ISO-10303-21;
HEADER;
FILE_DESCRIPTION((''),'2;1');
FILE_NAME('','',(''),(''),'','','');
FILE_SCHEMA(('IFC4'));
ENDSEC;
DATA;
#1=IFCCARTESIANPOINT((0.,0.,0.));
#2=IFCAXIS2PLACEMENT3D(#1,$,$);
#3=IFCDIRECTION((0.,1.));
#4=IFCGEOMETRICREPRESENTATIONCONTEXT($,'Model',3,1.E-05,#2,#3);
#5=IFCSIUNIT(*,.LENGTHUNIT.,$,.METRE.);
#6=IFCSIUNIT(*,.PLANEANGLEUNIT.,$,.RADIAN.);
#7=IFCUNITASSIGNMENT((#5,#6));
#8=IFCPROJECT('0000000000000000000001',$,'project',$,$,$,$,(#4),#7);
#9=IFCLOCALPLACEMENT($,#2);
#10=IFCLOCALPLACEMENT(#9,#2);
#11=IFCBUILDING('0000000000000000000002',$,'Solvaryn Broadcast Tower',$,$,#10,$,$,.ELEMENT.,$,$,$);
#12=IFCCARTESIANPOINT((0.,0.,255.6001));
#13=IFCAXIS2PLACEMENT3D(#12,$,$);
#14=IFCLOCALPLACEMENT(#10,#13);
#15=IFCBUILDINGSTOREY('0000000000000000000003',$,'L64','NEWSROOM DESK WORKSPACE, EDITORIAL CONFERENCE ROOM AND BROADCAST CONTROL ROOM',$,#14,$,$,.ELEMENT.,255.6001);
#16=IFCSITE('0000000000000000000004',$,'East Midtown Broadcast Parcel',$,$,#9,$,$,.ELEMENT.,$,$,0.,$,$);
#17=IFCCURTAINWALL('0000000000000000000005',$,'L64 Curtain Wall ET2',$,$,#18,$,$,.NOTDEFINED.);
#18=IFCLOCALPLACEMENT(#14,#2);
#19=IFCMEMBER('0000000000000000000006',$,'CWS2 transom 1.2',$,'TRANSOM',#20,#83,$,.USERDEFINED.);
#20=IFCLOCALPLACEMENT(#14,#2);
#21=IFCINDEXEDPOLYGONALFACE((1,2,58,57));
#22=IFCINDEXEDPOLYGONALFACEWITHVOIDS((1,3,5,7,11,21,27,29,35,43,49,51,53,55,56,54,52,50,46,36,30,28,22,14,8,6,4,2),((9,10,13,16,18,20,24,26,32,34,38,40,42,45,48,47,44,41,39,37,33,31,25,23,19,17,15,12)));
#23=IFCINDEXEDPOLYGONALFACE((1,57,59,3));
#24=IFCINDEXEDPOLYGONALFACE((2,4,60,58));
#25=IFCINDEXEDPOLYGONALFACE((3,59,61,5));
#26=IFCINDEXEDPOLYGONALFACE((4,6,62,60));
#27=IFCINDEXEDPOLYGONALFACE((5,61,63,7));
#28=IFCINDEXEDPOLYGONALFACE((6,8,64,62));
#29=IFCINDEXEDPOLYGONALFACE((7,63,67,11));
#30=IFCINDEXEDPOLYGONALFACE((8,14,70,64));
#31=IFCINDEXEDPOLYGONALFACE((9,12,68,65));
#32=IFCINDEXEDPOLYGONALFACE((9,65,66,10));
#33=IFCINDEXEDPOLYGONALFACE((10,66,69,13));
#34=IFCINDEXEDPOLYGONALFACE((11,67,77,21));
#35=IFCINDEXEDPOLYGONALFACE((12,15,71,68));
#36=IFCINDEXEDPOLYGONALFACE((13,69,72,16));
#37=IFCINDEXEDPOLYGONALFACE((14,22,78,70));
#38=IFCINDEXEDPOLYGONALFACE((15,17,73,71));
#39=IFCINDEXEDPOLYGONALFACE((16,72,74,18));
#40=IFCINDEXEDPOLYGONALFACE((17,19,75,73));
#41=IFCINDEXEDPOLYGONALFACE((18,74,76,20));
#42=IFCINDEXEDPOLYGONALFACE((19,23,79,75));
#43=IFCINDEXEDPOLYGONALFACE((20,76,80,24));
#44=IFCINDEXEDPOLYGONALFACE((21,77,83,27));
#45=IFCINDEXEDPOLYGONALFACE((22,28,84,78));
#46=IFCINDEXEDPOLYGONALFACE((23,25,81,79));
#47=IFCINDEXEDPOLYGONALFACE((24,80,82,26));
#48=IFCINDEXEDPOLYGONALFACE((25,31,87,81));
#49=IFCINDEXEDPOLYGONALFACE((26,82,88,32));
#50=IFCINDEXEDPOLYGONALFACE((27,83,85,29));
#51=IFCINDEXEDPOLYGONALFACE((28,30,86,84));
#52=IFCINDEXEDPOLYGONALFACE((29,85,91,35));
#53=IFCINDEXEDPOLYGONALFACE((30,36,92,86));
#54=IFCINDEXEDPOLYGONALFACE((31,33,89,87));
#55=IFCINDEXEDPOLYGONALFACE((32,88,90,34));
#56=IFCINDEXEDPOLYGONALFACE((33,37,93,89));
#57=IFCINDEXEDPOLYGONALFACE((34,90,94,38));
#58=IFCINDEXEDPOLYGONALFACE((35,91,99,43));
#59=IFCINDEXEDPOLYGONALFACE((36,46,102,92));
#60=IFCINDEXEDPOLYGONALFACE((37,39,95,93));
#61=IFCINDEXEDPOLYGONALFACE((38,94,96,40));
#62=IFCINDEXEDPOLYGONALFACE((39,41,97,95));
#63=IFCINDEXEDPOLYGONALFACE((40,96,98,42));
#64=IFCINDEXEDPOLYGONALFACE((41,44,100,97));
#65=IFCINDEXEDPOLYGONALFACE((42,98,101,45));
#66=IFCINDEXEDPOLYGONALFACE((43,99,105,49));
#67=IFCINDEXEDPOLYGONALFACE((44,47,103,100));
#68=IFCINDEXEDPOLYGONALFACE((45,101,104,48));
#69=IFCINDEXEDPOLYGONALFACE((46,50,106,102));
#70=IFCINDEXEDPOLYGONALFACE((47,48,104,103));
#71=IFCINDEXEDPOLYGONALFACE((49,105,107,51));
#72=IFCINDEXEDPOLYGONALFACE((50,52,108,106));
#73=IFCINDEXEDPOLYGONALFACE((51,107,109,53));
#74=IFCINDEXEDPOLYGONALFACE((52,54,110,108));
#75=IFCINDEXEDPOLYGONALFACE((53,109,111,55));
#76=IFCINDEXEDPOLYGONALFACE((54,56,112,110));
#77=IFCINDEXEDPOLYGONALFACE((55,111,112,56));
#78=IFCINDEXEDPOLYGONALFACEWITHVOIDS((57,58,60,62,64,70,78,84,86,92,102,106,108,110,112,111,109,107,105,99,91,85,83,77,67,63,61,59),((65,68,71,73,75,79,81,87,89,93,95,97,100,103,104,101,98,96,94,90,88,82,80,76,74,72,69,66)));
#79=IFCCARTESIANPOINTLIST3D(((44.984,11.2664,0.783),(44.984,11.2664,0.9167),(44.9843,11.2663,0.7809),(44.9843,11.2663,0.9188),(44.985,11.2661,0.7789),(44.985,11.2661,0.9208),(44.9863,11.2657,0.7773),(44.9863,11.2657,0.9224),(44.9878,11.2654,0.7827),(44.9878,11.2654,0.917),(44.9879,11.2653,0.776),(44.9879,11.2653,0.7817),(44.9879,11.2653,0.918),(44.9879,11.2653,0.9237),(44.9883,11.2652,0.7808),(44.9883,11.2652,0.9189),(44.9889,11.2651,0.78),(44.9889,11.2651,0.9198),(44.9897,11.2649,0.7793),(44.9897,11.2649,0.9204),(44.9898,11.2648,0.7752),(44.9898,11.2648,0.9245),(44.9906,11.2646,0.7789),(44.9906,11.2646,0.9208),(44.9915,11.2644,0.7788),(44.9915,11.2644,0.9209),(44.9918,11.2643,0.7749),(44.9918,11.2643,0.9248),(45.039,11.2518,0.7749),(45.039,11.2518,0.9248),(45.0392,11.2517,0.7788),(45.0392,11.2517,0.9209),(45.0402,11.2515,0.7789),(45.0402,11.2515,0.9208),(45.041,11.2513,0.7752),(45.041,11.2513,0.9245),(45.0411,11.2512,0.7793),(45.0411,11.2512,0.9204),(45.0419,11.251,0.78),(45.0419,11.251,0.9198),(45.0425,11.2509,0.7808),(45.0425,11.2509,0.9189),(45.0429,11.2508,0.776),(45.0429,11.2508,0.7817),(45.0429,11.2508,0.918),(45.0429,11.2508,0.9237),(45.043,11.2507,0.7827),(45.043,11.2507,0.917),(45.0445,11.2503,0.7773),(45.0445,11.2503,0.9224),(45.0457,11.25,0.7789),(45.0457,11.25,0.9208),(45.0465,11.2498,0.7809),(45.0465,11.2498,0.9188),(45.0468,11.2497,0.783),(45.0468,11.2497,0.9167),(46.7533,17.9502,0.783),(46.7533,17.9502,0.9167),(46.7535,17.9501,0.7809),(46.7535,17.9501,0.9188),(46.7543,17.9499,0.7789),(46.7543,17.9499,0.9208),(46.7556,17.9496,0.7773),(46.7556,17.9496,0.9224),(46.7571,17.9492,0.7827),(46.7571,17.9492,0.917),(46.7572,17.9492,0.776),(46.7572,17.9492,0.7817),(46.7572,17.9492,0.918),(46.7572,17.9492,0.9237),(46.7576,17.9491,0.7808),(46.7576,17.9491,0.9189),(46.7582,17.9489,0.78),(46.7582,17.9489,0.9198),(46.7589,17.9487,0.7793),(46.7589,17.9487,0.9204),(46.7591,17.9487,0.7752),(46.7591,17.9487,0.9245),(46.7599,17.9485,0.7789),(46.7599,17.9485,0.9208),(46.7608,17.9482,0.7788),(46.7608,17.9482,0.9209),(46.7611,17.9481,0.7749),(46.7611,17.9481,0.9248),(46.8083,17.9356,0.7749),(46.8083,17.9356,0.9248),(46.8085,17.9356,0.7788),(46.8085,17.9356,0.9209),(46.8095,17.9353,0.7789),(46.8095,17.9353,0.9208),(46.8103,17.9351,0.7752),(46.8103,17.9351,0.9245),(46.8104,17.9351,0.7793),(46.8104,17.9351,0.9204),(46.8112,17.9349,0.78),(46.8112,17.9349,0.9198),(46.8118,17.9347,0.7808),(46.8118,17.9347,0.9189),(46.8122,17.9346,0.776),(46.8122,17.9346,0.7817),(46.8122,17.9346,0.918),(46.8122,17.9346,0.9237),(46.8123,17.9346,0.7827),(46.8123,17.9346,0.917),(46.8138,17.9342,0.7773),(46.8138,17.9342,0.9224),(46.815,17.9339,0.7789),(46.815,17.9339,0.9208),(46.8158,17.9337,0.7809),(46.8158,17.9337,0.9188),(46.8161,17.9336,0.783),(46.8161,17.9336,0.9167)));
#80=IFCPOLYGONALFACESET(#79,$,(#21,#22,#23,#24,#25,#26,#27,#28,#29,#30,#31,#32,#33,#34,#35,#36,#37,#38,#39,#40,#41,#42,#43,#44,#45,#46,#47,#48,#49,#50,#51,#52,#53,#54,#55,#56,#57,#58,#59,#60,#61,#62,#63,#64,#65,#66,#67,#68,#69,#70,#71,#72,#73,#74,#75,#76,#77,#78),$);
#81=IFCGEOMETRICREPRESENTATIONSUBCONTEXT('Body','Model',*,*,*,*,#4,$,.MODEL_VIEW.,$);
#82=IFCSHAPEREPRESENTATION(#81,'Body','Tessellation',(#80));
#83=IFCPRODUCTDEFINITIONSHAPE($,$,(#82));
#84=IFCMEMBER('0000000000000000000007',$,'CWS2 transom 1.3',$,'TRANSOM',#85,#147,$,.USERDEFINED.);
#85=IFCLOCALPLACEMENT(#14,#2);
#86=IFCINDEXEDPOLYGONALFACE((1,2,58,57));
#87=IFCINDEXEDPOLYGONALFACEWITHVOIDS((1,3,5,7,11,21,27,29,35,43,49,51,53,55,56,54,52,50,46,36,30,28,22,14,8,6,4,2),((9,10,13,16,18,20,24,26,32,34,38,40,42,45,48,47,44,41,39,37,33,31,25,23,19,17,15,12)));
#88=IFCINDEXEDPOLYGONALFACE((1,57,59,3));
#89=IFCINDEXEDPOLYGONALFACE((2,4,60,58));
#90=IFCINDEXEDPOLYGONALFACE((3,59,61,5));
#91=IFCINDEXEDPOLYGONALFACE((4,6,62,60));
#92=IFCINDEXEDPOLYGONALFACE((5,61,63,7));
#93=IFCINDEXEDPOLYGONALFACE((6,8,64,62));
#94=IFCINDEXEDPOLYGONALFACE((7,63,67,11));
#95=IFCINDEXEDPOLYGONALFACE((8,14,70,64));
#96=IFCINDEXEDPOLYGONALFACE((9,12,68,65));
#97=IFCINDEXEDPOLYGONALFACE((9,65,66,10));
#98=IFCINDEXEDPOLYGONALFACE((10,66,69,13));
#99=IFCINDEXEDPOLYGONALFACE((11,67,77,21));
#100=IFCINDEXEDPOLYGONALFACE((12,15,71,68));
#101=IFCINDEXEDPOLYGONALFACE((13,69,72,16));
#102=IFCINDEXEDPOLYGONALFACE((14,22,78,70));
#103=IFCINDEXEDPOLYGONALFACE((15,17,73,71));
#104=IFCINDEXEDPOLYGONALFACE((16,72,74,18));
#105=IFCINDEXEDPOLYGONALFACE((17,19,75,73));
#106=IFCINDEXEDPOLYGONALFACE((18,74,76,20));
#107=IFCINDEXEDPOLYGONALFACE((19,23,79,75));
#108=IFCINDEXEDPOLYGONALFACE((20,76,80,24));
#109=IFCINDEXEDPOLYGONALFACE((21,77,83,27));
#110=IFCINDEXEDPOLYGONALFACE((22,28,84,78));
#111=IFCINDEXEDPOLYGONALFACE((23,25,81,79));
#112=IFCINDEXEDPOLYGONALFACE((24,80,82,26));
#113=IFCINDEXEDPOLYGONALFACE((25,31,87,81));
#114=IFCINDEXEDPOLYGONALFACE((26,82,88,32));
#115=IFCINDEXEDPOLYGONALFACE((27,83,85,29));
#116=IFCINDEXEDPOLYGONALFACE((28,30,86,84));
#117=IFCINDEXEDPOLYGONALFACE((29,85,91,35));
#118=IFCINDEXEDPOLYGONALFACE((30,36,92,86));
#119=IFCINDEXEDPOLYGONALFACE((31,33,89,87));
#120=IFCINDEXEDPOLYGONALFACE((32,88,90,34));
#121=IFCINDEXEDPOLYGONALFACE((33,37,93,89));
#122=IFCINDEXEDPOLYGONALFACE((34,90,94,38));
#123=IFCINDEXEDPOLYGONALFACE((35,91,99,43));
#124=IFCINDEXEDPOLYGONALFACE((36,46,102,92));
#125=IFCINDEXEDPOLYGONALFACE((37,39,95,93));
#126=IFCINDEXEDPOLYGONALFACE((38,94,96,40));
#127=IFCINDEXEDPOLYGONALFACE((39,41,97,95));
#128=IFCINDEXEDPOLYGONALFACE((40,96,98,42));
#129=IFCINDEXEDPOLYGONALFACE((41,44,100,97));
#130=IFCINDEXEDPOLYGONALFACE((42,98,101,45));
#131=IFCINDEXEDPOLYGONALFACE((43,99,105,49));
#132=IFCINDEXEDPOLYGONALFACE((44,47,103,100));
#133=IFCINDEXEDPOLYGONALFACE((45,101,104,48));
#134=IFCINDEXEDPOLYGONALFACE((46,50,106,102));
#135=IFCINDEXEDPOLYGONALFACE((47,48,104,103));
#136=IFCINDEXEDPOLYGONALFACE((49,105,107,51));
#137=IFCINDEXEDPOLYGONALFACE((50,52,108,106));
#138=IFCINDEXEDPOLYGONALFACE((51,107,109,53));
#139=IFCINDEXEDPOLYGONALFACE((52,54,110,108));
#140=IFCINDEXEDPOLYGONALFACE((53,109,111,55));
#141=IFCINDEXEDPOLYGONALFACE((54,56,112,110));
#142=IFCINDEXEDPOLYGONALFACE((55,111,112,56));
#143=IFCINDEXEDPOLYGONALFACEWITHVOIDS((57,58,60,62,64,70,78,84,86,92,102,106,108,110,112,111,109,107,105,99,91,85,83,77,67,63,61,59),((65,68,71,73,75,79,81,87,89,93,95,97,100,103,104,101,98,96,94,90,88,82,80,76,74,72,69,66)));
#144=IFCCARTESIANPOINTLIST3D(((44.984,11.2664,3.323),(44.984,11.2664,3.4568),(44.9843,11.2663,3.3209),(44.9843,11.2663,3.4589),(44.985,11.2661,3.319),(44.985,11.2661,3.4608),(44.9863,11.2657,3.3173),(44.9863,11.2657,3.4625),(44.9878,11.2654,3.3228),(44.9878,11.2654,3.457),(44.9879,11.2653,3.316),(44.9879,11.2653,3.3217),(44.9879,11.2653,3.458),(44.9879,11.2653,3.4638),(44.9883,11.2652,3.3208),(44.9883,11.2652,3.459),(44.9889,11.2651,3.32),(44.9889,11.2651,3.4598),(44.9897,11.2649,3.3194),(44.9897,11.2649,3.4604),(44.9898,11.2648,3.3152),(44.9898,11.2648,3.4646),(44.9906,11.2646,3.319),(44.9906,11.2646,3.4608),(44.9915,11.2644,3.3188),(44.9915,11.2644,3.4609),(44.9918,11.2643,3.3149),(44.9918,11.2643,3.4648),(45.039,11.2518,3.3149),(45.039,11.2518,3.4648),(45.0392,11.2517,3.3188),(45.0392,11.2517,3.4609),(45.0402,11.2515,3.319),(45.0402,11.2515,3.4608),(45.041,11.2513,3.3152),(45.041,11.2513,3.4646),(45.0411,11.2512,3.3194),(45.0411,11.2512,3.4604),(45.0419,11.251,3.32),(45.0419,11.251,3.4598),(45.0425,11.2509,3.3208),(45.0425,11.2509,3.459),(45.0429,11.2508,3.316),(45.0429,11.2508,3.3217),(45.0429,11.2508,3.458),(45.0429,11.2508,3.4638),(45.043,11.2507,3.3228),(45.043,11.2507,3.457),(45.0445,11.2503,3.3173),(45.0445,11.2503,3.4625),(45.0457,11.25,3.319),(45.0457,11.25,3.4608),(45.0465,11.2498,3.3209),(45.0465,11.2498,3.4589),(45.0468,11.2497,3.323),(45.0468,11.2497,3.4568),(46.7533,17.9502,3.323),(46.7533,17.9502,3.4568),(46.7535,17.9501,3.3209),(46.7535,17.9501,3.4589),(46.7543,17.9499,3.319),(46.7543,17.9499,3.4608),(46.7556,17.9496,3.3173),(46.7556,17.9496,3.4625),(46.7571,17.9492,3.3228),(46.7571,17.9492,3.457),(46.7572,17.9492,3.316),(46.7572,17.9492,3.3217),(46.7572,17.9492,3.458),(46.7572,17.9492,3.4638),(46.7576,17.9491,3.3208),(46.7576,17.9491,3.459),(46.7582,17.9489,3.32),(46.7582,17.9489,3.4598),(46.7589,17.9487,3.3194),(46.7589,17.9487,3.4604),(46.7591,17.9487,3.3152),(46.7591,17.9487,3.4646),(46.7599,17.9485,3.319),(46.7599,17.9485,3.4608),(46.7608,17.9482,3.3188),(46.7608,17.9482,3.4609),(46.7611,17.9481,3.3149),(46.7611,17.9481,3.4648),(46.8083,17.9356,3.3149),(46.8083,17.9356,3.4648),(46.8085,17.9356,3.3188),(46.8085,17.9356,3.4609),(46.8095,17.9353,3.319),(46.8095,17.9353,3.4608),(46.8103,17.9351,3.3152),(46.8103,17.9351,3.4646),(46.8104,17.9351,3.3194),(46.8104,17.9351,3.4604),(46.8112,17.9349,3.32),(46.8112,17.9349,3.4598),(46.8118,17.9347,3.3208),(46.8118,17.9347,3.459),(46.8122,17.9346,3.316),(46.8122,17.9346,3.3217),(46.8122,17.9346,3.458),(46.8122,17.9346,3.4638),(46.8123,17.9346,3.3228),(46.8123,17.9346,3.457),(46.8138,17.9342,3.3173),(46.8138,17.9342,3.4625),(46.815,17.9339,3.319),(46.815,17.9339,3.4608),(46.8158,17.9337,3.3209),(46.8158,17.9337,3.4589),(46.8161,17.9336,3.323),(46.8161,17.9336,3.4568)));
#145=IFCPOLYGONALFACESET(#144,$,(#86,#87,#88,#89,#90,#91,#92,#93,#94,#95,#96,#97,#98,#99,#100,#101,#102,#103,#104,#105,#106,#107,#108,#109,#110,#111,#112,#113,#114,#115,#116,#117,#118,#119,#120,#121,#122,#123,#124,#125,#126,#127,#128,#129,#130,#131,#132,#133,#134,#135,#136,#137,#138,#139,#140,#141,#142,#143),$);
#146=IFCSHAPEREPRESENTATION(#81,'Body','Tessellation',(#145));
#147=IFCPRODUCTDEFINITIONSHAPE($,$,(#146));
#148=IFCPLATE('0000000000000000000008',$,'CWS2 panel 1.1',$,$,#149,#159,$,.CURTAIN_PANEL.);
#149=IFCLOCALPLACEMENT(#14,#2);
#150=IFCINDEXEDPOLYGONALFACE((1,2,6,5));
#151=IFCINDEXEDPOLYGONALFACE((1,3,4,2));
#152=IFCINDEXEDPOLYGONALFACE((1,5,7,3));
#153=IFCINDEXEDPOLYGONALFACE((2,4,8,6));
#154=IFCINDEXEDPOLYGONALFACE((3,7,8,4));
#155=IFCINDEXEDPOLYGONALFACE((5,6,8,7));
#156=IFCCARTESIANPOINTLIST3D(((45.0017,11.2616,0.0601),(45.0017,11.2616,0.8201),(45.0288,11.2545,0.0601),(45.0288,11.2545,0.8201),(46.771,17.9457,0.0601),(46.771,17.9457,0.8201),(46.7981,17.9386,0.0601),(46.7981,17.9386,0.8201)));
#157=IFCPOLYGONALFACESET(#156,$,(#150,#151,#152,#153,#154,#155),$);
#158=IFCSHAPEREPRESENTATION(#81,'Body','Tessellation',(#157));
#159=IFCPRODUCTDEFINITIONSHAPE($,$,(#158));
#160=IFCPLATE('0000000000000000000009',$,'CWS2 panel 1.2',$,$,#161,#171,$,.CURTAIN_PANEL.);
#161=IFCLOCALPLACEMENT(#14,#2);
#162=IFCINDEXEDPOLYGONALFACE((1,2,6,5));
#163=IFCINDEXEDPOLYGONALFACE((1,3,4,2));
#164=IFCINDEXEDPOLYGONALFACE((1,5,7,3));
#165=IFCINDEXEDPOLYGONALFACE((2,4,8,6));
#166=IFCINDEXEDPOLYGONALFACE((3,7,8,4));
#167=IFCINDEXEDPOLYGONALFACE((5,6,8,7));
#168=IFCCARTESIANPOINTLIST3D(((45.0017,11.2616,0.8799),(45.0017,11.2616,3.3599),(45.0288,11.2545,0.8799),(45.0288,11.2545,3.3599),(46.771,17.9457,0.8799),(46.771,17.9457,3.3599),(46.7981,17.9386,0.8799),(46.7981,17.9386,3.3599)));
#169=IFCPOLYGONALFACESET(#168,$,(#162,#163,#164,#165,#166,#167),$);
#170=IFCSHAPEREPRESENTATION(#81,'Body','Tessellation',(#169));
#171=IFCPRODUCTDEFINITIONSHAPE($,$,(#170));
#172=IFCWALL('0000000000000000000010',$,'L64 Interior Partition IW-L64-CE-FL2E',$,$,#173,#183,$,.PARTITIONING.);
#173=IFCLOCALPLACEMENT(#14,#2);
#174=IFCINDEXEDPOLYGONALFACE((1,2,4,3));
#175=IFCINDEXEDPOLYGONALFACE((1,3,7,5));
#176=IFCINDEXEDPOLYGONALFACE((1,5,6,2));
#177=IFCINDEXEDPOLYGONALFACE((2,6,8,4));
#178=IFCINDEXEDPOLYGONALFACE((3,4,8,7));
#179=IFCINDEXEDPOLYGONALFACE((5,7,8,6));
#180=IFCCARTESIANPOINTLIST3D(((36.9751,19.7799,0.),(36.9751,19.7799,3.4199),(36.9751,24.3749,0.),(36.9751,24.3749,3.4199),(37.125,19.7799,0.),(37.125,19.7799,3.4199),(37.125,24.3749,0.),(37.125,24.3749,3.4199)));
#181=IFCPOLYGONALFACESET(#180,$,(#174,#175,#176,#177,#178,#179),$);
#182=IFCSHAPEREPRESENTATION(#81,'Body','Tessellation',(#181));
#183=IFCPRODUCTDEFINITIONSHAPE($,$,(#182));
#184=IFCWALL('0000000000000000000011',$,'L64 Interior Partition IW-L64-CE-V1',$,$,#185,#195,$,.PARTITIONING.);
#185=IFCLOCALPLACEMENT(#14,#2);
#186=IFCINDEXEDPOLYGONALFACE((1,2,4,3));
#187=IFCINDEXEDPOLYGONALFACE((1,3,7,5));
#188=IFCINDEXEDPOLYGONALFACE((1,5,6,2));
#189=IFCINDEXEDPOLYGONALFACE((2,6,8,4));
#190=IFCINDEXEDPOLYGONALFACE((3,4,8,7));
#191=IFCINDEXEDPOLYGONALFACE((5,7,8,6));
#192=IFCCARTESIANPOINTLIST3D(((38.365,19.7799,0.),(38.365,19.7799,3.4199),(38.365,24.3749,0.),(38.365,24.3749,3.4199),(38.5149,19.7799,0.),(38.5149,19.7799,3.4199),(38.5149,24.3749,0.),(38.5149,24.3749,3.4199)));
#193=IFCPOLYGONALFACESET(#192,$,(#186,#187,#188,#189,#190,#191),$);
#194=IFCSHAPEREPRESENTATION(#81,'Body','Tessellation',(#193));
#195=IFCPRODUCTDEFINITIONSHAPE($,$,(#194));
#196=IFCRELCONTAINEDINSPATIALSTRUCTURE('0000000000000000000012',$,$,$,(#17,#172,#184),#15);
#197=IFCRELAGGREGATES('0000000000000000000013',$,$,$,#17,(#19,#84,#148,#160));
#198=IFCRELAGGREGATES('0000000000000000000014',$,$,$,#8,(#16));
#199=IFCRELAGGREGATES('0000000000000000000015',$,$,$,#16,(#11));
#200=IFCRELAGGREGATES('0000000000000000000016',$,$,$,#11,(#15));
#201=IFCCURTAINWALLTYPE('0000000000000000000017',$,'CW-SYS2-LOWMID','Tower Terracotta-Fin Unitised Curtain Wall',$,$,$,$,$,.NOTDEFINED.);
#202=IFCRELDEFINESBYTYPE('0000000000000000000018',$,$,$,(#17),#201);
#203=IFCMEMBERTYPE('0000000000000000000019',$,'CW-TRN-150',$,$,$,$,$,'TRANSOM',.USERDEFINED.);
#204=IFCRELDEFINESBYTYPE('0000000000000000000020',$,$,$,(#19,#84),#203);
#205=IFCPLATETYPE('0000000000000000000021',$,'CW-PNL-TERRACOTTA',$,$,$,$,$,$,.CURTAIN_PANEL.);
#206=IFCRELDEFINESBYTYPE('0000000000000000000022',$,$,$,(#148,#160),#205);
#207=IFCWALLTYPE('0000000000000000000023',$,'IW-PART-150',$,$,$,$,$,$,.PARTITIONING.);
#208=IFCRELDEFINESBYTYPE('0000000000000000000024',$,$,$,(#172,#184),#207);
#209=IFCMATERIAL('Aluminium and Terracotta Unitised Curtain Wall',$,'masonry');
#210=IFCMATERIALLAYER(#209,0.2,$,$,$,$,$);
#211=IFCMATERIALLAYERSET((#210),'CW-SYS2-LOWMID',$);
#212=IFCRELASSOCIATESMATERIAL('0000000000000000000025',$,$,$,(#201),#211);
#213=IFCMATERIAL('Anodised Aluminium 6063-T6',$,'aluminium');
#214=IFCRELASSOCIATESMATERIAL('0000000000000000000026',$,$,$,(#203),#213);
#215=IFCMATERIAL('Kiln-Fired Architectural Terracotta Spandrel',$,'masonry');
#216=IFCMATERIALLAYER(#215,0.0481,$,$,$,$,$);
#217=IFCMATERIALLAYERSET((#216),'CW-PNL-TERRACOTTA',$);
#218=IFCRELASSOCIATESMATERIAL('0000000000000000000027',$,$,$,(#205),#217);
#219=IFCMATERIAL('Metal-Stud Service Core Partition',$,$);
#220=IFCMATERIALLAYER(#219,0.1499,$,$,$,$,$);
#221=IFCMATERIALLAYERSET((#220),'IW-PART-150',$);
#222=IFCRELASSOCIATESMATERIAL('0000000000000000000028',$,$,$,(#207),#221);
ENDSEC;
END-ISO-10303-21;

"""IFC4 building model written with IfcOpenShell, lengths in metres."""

from ifc_helpers import new_model, si_unit, direction, frame, frame_2d, origin, origin_2d, place, context, subcontext, project, spatial, rectangle, hollow_rectangle, extrude, material, layer, layer_set, material_profile, profile_set, type_object, element, aggregate, save


model = new_model("IFC4")

# Units and contexts
model_context = context("Model", 3, precision=1e-05, world=origin(), true_north=direction((0.0, 1.0)))
body_context = subcontext(model_context, "Body", "Model", "MODEL_VIEW")
ifc_project = project(units=[si_unit("LENGTHUNIT", "METRE"), si_unit("PLANEANGLEUNIT", "RADIAN")], contexts=[model_context])

# Site, building, storey
site_placement = place(None, origin())
site = spatial("IfcSite", under=ifc_project, at=site_placement, Name="East Midtown Broadcast Parcel", CompositionType="ELEMENT", RefElevation=0.0)
building_placement = place(site_placement, origin())
building = spatial("IfcBuilding", under=site, at=building_placement, Name="Solvaryn Broadcast Tower", CompositionType="ELEMENT")
storey_placement = place(building_placement, frame((0.0, 0.0, 255.6001)))
storey = spatial("IfcBuildingStorey", under=building, at=storey_placement, Name="L64", Description="NEWSROOM DESK WORKSPACE, EDITORIAL CONFERENCE ROOM AND BROADCAST CONTROL ROOM", CompositionType="ELEMENT", Elevation=255.6001)

# Shared definitions
ifc_material_1 = material(Name="Aluminium and Terracotta Unitised Curtain Wall", Category="masonry")
ifc_layer_1 = layer(ifc_material_1, 0.2)
ifc_layer_set_1 = layer_set([ifc_layer_1], Name="CW-SYS2-LOWMID")
curtain_wall_type = type_object("IfcCurtainWallType", Name="CW-SYS2-LOWMID", Description="Tower Terracotta-Fin Unitised Curtain Wall", PredefinedType="NOTDEFINED", material=ifc_layer_set_1)

# Curtain wall, members, plates
curtain_wall_1_placement = place(storey_placement, origin())
curtain_wall_1 = element("IfcCurtainWall", 1, at=curtain_wall_1_placement, inside=storey, type_object=curtain_wall_type, Name="L64 Curtain Wall ET2", PredefinedType="NOTDEFINED")
ifc_material_2 = material(Name="Anodised Aluminium 6063-T6", Category="aluminium")
ifc_material_profile_1 = material_profile(ifc_material_2, hollow_rectangle(XDim=0.0649, YDim=0.1499, WallThickness=0.0039, InnerFilletRadius=0.0039, OuterFilletRadius=0.0081, at=origin_2d()))
ifc_profile_set_1 = profile_set([ifc_material_profile_1], Name="Anodised Aluminium 6063-T6")
member_type_1 = type_object("IfcMemberType", Name="CW-TRN-150", ElementType="TRANSOM", PredefinedType="USERDEFINED", material=ifc_profile_set_1)
member_1_placement = place(storey_placement, frame((46.7847, 17.9419, 0.8499), z_axis=(-0.255897, -0.966704, 0.0), x_axis=(0.966704, -0.255897, 0.0)))
member_1 = element("IfcMember", 2, at=member_1_placement, type_object=member_type_1, Name="CWS2 transom 1.2", ObjectType="TRANSOM", PredefinedType="USERDEFINED", context=body_context, shape_type="SweptSolid", body=[
    extrude(hollow_rectangle(XDim=0.0649, YDim=0.1499, WallThickness=0.0039, InnerFilletRadius=0.0039, OuterFilletRadius=0.0081, at=origin_2d()), origin(), (0.0, 0.0, 1.0), 6.9141),
])
member_2_placement = place(storey_placement, frame((46.7847, 17.9419, 3.3899), z_axis=(-0.255897, -0.966704, 0.0), x_axis=(0.966704, -0.255897, 0.0)))
member_2 = element("IfcMember", 3, at=member_2_placement, type_object=member_type_1, Name="CWS2 transom 1.3", ObjectType="TRANSOM", PredefinedType="USERDEFINED", context=body_context, shape_type="SweptSolid", body=[
    extrude(hollow_rectangle(XDim=0.0649, YDim=0.1499, WallThickness=0.0039, InnerFilletRadius=0.0039, OuterFilletRadius=0.0081, at=origin_2d()), origin(), (0.0, 0.0, 1.0), 6.9141),
])
ifc_material_3 = material(Name="Kiln-Fired Architectural Terracotta Spandrel", Category="masonry")
ifc_layer_2 = layer(ifc_material_3, 0.0481)
ifc_layer_set_2 = layer_set([ifc_layer_2], Name="CW-PNL-TERRACOTTA")
plate_type = type_object("IfcPlateType", Name="CW-PNL-TERRACOTTA", PredefinedType="CURTAIN_PANEL", material=ifc_layer_set_2)
plate_1_placement = place(storey_placement, frame((45.8999, 14.6001, 0.0601), z_axis=(0.0, 0.0, 1.0), x_axis=(-0.255893, -0.966705, 0.0)))
plate_1 = element("IfcPlate", 4, at=plate_1_placement, type_object=plate_type, Name="CWS2 panel 1.1", PredefinedType="CURTAIN_PANEL", context=body_context, shape_type="SweptSolid", body=[
    extrude(rectangle(XDim=6.9143, YDim=0.0281, at=origin_2d()), origin(), (0.0, 0.0, 1.0), 0.76),
])
plate_2_placement = place(storey_placement, frame((45.8999, 14.6001, 0.8799), z_axis=(0.0, 0.0, 1.0), x_axis=(-0.255893, -0.966705, 0.0)))
plate_2 = element("IfcPlate", 5, at=plate_2_placement, type_object=plate_type, Name="CWS2 panel 1.2", PredefinedType="CURTAIN_PANEL", context=body_context, shape_type="SweptSolid", body=[
    extrude(rectangle(XDim=6.9143, YDim=0.0281, at=origin_2d()), origin(), (0.0, 0.0, 1.0), 2.48),
])
aggregate(curtain_wall_1, [member_1, member_2, plate_1, plate_2])

# Walls
ifc_material_4 = material(Name="Metal-Stud Service Core Partition")
ifc_layer_3 = layer(ifc_material_4, 0.1499)
ifc_layer_set_3 = layer_set([ifc_layer_3], Name="IW-PART-150")
wall_type_1 = type_object("IfcWallType", Name="IW-PART-150", PredefinedType="PARTITIONING", material=ifc_layer_set_3)
for number, where, z_axis, x_axis, name in (
    (6, (37.05, 19.78, 0.0), (0.0, 0.0, 1.0), (0.0, 1.0, 0.0), "L64 Interior Partition IW-L64-CE-FL2E"),
    (7, (38.4399, 19.78, 0.0), (0.0, 0.0, 1.0), (0.0, 1.0, 0.0), "L64 Interior Partition IW-L64-CE-V1"),
):
    element("IfcWall", number, at=place(storey_placement, frame(where, z_axis=z_axis, x_axis=x_axis)), inside=storey, type_object=wall_type_1, Name=name, PredefinedType="PARTITIONING", context=body_context, shape_type="SweptSolid", body=[
        extrude(rectangle(XDim=4.595, YDim=0.1499, at=frame_2d((2.2974, 0.0))), origin(), (0.0, 0.0, 1.0), 3.4199),
    ])

save(model, "model.ifc")
